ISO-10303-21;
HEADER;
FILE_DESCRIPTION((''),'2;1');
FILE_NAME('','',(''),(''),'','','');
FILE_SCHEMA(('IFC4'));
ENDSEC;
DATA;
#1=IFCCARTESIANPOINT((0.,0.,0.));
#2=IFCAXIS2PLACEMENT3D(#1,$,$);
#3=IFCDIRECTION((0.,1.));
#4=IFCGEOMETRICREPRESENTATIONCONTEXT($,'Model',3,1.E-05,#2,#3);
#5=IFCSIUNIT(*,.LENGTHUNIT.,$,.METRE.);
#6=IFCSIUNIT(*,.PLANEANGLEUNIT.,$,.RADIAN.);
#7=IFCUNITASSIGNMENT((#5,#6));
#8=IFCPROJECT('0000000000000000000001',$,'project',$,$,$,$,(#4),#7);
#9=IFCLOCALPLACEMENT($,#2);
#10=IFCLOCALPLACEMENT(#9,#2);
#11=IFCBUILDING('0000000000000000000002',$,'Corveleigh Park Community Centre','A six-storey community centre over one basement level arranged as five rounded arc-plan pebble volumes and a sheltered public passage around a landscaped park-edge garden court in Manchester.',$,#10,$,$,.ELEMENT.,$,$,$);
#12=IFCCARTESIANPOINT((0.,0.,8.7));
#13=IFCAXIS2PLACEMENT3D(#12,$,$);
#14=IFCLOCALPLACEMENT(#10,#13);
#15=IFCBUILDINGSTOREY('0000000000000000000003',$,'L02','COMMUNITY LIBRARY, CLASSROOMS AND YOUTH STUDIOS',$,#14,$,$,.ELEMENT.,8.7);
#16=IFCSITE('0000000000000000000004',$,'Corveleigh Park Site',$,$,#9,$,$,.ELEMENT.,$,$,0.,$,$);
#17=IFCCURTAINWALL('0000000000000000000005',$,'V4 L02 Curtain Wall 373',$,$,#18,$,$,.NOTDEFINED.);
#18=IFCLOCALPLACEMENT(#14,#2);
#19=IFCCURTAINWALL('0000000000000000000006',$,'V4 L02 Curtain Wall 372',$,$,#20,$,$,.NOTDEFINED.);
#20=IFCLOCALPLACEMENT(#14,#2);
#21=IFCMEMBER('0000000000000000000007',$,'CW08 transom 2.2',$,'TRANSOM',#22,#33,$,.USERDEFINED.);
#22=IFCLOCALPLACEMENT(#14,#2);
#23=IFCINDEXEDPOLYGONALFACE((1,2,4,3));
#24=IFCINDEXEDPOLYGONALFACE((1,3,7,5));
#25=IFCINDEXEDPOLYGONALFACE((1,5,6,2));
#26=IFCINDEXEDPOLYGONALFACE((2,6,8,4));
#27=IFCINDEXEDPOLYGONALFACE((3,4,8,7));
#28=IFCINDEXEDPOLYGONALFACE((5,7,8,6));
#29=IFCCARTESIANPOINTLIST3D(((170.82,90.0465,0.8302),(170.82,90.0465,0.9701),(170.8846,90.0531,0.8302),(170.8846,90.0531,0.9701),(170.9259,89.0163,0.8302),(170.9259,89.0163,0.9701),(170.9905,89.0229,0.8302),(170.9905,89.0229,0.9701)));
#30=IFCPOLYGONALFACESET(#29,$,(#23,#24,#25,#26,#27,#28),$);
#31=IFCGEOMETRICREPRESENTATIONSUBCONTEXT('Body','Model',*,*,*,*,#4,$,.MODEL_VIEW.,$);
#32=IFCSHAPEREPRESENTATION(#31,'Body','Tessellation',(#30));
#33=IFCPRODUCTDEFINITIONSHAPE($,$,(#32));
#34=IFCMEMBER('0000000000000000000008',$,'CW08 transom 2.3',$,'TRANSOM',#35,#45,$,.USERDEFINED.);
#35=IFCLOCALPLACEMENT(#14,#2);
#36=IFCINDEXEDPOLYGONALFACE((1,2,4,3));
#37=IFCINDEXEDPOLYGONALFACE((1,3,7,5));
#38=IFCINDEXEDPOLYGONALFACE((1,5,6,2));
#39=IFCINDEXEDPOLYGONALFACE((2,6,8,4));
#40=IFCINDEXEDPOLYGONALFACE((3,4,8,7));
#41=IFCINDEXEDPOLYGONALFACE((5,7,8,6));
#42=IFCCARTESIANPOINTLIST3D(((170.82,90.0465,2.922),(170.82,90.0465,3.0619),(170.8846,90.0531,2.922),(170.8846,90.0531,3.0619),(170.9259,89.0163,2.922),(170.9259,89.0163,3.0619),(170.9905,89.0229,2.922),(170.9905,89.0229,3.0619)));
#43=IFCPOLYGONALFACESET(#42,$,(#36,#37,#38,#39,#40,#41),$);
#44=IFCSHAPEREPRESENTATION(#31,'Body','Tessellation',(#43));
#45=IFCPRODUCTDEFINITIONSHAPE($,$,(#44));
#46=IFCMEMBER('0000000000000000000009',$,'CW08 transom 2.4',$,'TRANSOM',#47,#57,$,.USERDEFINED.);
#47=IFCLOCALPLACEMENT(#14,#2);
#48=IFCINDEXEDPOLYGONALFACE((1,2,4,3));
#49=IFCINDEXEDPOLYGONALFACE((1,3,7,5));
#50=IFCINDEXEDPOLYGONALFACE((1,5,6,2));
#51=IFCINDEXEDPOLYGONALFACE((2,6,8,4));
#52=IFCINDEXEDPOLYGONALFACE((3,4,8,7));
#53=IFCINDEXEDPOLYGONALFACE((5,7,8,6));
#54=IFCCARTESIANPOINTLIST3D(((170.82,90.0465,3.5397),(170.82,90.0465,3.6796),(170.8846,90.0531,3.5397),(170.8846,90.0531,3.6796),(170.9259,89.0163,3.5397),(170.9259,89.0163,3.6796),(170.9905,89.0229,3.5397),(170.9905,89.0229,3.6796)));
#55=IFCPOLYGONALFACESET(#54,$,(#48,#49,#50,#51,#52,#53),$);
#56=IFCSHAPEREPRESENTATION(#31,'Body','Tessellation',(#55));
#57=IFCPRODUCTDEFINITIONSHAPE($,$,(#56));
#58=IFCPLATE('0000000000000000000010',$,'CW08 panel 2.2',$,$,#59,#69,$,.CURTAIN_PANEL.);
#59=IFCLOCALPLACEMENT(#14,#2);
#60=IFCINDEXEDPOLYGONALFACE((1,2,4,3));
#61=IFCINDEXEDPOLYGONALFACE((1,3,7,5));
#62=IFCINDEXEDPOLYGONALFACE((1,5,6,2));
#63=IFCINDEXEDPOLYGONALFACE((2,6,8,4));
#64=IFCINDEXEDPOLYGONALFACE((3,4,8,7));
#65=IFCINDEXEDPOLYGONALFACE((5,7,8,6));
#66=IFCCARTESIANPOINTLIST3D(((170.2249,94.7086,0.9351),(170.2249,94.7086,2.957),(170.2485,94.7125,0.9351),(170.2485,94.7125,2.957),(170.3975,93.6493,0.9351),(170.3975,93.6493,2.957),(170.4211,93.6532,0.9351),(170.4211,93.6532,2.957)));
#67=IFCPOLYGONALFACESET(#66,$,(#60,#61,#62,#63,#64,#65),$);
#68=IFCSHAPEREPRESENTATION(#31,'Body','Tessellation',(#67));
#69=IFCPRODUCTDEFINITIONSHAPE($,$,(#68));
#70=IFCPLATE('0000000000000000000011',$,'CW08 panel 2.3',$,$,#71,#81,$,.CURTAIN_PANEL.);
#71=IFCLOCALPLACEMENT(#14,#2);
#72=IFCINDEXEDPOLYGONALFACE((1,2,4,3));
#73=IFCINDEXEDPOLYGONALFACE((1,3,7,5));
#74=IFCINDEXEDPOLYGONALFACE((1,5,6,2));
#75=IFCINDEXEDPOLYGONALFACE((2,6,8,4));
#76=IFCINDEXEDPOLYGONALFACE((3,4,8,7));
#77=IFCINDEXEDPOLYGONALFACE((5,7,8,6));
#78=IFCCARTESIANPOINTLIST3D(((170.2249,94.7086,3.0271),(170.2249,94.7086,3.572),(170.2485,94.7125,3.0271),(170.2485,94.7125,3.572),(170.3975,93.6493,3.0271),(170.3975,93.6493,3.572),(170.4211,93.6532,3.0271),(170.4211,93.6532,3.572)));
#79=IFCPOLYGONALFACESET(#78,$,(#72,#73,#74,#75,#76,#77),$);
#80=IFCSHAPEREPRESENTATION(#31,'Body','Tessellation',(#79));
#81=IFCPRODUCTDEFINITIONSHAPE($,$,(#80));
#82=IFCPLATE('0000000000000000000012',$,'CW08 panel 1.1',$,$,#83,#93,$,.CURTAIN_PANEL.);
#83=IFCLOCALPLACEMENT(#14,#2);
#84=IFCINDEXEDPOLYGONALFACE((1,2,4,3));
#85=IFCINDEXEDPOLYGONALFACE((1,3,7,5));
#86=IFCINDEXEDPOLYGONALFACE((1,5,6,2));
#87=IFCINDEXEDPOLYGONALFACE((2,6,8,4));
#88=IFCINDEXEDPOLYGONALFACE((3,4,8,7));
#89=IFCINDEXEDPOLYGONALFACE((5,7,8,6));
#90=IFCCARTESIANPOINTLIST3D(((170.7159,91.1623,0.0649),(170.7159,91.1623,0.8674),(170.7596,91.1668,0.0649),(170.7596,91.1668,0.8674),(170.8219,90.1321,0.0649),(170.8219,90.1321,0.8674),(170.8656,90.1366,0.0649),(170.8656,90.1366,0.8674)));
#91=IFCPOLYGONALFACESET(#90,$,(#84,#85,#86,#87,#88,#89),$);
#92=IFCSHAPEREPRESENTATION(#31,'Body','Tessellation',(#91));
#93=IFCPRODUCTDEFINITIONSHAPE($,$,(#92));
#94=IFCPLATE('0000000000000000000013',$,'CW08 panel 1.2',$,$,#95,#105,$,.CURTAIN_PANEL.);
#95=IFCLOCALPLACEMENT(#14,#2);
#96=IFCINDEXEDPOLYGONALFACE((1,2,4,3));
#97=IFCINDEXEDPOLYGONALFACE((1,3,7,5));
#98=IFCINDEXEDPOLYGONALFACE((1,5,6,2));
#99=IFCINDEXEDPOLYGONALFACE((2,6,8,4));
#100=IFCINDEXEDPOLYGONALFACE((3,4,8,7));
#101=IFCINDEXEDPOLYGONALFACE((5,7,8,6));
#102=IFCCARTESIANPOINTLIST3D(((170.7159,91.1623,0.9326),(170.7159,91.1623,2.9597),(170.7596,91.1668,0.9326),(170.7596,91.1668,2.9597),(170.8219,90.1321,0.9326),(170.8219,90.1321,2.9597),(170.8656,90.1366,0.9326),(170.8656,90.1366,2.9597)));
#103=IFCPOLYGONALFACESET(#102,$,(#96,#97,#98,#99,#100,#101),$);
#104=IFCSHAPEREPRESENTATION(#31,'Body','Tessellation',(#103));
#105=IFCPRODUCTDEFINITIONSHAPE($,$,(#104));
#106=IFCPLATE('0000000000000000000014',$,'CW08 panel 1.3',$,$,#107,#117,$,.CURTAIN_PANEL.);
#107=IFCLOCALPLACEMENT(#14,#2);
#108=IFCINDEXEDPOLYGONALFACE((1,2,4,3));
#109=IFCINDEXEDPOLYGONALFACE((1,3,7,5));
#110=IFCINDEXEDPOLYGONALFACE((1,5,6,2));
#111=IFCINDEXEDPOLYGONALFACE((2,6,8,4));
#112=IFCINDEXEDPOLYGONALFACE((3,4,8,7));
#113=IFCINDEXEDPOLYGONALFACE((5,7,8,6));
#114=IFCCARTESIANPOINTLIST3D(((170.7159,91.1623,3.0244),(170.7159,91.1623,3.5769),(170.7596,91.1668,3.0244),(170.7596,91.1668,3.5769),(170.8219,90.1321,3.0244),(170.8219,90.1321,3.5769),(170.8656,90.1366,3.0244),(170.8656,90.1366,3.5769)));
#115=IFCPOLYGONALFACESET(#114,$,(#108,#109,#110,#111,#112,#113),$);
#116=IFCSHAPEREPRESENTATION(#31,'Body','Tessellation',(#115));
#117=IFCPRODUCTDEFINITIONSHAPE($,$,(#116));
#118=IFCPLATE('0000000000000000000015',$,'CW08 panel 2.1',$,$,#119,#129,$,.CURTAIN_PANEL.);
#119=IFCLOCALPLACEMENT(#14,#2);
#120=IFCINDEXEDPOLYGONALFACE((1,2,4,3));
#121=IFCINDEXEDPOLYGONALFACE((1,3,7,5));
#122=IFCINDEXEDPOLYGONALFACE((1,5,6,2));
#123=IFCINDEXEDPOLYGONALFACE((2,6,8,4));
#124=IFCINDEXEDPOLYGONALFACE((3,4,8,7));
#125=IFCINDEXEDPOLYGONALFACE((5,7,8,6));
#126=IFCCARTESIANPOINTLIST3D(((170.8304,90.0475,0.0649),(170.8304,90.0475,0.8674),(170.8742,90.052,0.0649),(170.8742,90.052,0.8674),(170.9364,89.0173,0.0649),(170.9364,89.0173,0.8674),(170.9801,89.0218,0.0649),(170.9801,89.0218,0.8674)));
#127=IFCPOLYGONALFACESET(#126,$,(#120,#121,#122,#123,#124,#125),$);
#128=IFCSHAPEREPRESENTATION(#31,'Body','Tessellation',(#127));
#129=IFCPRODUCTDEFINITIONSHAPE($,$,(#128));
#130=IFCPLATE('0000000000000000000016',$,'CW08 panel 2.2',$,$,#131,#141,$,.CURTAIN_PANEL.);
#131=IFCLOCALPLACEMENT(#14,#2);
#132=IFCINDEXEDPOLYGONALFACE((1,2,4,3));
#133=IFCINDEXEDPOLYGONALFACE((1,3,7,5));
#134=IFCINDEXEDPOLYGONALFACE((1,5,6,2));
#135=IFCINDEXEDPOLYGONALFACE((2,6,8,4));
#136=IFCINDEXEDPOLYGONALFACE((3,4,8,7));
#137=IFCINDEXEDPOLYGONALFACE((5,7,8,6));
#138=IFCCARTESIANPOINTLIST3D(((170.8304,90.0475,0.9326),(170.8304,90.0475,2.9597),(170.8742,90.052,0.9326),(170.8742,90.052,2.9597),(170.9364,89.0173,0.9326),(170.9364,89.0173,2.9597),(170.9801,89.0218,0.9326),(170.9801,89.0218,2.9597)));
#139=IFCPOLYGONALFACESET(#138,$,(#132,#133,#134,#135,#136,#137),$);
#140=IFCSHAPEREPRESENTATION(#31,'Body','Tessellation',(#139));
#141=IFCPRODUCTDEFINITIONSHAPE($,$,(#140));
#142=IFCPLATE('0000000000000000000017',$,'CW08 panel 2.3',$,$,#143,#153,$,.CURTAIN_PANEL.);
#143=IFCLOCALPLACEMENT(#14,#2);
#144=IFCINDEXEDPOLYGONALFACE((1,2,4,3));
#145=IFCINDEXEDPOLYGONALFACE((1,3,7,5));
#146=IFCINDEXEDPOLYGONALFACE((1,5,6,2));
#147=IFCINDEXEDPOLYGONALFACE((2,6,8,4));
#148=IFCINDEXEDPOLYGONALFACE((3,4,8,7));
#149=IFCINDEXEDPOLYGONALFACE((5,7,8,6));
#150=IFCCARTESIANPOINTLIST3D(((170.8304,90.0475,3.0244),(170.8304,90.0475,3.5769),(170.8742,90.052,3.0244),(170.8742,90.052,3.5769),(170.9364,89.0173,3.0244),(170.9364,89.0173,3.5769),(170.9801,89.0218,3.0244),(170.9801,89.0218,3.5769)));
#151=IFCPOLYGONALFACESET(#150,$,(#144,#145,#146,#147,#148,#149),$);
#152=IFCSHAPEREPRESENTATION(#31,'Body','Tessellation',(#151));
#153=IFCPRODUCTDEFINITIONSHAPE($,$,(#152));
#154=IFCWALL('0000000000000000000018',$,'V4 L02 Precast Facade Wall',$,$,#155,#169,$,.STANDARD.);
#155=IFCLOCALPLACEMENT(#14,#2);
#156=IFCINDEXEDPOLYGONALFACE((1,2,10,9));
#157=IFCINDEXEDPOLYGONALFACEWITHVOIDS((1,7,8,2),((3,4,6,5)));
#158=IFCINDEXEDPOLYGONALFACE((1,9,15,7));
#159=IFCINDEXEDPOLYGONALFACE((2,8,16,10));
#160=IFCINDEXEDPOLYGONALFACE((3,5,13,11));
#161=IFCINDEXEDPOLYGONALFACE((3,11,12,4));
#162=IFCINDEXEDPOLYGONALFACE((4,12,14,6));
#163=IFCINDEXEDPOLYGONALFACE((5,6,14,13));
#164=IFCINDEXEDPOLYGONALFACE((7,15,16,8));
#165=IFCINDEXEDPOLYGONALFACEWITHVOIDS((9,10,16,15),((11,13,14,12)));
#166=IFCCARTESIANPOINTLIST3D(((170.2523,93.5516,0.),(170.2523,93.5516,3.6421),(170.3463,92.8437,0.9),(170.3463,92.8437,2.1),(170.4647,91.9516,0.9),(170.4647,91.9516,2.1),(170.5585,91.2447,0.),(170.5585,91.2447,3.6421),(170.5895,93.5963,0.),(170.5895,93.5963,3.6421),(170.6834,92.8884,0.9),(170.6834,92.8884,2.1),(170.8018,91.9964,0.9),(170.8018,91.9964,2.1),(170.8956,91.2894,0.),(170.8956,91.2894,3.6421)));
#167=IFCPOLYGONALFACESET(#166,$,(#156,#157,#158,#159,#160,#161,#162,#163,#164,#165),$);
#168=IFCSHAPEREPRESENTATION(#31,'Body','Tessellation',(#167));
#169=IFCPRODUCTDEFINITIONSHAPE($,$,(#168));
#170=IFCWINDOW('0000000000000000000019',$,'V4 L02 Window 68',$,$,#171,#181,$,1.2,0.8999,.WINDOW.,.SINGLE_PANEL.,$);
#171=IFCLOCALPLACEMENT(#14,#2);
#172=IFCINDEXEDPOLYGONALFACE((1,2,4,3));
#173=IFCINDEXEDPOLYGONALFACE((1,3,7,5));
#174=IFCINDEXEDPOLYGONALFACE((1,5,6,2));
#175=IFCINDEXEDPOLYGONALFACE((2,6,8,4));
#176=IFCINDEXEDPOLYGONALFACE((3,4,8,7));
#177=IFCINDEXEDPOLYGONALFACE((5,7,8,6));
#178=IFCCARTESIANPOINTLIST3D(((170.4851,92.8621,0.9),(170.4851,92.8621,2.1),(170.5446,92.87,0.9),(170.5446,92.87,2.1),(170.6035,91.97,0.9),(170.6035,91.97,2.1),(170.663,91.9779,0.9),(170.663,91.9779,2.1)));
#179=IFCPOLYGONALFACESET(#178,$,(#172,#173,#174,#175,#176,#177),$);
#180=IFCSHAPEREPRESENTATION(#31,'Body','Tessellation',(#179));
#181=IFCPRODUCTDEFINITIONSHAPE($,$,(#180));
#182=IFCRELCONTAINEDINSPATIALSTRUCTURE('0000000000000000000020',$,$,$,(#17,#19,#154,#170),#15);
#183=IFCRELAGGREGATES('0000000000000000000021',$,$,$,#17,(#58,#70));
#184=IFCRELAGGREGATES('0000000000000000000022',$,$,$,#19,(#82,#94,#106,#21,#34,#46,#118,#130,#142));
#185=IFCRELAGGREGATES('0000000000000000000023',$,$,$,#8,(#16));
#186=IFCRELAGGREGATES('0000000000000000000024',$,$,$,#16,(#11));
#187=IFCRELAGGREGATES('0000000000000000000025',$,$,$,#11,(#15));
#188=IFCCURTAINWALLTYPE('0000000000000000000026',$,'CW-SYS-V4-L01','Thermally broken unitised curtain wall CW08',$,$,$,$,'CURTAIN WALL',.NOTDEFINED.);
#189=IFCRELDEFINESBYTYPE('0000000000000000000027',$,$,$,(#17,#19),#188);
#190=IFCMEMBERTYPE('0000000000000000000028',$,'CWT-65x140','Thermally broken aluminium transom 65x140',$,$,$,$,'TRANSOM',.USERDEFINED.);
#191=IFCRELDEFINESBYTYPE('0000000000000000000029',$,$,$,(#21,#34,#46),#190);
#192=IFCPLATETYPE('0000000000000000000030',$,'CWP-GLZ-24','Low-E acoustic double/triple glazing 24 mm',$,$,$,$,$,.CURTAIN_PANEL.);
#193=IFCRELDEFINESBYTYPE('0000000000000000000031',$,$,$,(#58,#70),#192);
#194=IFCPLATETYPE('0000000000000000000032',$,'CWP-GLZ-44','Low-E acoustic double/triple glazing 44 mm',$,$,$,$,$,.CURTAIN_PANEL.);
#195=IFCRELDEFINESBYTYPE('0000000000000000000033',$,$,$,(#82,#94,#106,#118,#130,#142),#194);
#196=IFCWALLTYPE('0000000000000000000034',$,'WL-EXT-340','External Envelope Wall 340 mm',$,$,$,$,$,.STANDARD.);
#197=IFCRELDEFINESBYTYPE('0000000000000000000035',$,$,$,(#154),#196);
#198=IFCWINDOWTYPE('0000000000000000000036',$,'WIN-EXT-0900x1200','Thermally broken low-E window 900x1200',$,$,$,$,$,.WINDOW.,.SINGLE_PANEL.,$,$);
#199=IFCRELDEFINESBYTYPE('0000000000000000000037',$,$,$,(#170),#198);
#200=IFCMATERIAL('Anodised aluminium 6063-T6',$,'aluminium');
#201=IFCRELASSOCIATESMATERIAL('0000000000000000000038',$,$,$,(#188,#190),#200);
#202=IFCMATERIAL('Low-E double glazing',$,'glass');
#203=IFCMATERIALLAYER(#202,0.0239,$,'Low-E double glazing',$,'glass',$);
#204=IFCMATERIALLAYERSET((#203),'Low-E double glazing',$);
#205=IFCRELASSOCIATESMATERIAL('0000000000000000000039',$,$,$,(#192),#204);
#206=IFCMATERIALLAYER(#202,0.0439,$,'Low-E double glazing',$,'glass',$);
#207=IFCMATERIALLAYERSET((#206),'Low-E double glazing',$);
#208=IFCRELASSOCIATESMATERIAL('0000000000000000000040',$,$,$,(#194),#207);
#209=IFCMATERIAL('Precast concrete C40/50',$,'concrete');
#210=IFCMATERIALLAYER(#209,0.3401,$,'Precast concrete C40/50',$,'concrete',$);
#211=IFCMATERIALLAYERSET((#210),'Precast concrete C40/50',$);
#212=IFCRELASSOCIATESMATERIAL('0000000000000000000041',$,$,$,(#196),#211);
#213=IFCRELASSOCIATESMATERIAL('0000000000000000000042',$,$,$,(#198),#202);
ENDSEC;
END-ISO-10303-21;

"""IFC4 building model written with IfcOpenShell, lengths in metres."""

from ifc_helpers import new_model, si_unit, direction, frame, frame_2d, origin, origin_2d, place, context, subcontext, project, spatial, rectangle, extrude, material, layer, layer_set, material_profile, profile_set, type_object, element, fill, aggregate, save


model = new_model("IFC4")

# Units and contexts
model_context = context("Model", 3, precision=1e-05, world=origin(), true_north=direction((0.0, 1.0)))
body_context = subcontext(model_context, "Body", "Model", "MODEL_VIEW")
ifc_project = project(units=[si_unit("LENGTHUNIT", "METRE"), si_unit("PLANEANGLEUNIT", "RADIAN")], contexts=[model_context])

# Site, building, storey
site_placement = place(None, origin())
site = spatial("IfcSite", under=ifc_project, at=site_placement, Name="Corveleigh Park Site", CompositionType="ELEMENT", RefElevation=0.0)
building_placement = place(site_placement, origin())
building = spatial("IfcBuilding", under=site, at=building_placement, Name="Corveleigh Park Community Centre", Description="A six-storey community centre over one basement level arranged as five rounded arc-plan pebble volumes and a sheltered public passage around a landscaped park-edge garden court in Manchester.", CompositionType="ELEMENT")
storey_placement = place(building_placement, frame((0.0, 0.0, 8.7)))
storey = spatial("IfcBuildingStorey", under=building, at=storey_placement, Name="L02", Description="COMMUNITY LIBRARY, CLASSROOMS AND YOUTH STUDIOS", CompositionType="ELEMENT", Elevation=8.7)

# Curtain wall
ifc_material_1 = material(Name="Anodised aluminium 6063-T6", Category="aluminium")
curtain_wall_type = type_object("IfcCurtainWallType", Name="CW-SYS-V4-L01", Description="Thermally broken unitised curtain wall CW08", ElementType="CURTAIN WALL", PredefinedType="NOTDEFINED", material=ifc_material_1)
curtain_wall_1_placement = place(storey_placement, origin())
curtain_wall_1 = element("IfcCurtainWall", 1, at=curtain_wall_1_placement, inside=storey, type_object=curtain_wall_type, Name="V4 L02 Curtain Wall 373", PredefinedType="NOTDEFINED")

# Curtain wall
curtain_wall_2_placement = place(storey_placement, origin())
curtain_wall_2 = element("IfcCurtainWall", 2, at=curtain_wall_2_placement, inside=storey, type_object=curtain_wall_type, Name="V4 L02 Curtain Wall 372", PredefinedType="NOTDEFINED")

# Members
ifc_material_profile_1 = material_profile(ifc_material_1, rectangle(XDim=0.0649, YDim=0.1399, at=origin_2d()), Name="ALU-T65x140", Category="aluminium")
ifc_profile_set_1 = profile_set([ifc_material_profile_1], Name="Anodised aluminium 6063-T6")
member_type_1 = type_object("IfcMemberType", Name="CWT-65x140", Description="Thermally broken aluminium transom 65x140", ElementType="TRANSOM", PredefinedType="USERDEFINED", material=ifc_profile_set_1)
member_1_placement = place(storey_placement, frame((170.8523, 90.0498, 0.9001), z_axis=(0.102304, -0.994753, 0.0), x_axis=(0.994753, 0.102304, 0.0)))
member_1 = element("IfcMember", 3, at=member_1_placement, type_object=member_type_1, Name="CW08 transom 2.2", ObjectType="TRANSOM", PredefinedType="USERDEFINED", context=body_context, shape_type="SweptSolid", body=[
    extrude(rectangle(XDim=0.0649, YDim=0.1399, at=origin_2d()), origin(), (0.0, 0.0, 1.0), 1.0356),
])
member_2_placement = place(storey_placement, frame((170.8523, 90.0498, 2.9919), z_axis=(0.102304, -0.994753, 0.0), x_axis=(0.994753, 0.102304, 0.0)))
member_2 = element("IfcMember", 4, at=member_2_placement, type_object=member_type_1, Name="CW08 transom 2.3", ObjectType="TRANSOM", PredefinedType="USERDEFINED", context=body_context, shape_type="SweptSolid", body=[
    extrude(rectangle(XDim=0.0649, YDim=0.1399, at=origin_2d()), origin(), (0.0, 0.0, 1.0), 1.0356),
])
member_3_placement = place(storey_placement, frame((170.8523, 90.0498, 3.6096), z_axis=(0.102304, -0.994753, 0.0), x_axis=(0.994753, 0.102304, 0.0)))
member_3 = element("IfcMember", 5, at=member_3_placement, type_object=member_type_1, Name="CW08 transom 2.4", ObjectType="TRANSOM", PredefinedType="USERDEFINED", context=body_context, shape_type="SweptSolid", body=[
    extrude(rectangle(XDim=0.0649, YDim=0.1399, at=origin_2d()), origin(), (0.0, 0.0, 1.0), 1.0356),
])

# Plates
ifc_material_2 = material(Name="Low-E double glazing", Category="glass")
ifc_layer_1 = layer(ifc_material_2, 0.0239, Name="Low-E double glazing", Category="glass")
ifc_layer_set_1 = layer_set([ifc_layer_1], Name="Low-E double glazing")
plate_type_1 = type_object("IfcPlateType", Name="CWP-GLZ-24", Description="Low-E acoustic double/triple glazing 24 mm", PredefinedType="CURTAIN_PANEL", material=ifc_layer_set_1)
plate_1_placement = place(storey_placement, frame((170.323, 94.1809, 0.9351), z_axis=(0.0, 0.0, 1.0), x_axis=(0.160773, -0.986991, 0.0)))
plate_1 = element("IfcPlate", 6, at=plate_1_placement, type_object=plate_type_1, Name="CW08 panel 2.2", PredefinedType="CURTAIN_PANEL", context=body_context, shape_type="SweptSolid", body=[
    extrude(rectangle(XDim=1.0732, YDim=0.0239, at=origin_2d()), origin(), (0.0, 0.0, 1.0), 2.022),
])
plate_2_placement = place(storey_placement, frame((170.323, 94.1809, 3.0271), z_axis=(0.0, 0.0, 1.0), x_axis=(0.160773, -0.986991, 0.0)))
plate_2 = element("IfcPlate", 7, at=plate_2_placement, type_object=plate_type_1, Name="CW08 panel 2.3", PredefinedType="CURTAIN_PANEL", context=body_context, shape_type="SweptSolid", body=[
    extrude(rectangle(XDim=1.0732, YDim=0.0239, at=origin_2d()), origin(), (0.0, 0.0, 1.0), 0.5449),
])
aggregate(curtain_wall_1, [plate_1, plate_2])
ifc_layer_2 = layer(ifc_material_2, 0.0439, Name="Low-E double glazing", Category="glass")
ifc_layer_set_2 = layer_set([ifc_layer_2], Name="Low-E double glazing")
plate_type_2 = type_object("IfcPlateType", Name="CWP-GLZ-44", Description="Low-E acoustic double/triple glazing 44 mm", PredefinedType="CURTAIN_PANEL", material=ifc_layer_set_2)
plate_3_placement = place(storey_placement, frame((170.7908, 90.6494, 0.0649), z_axis=(0.0, 0.0, 1.0), x_axis=(0.102312, -0.994752, 0.0)))
plate_3 = element("IfcPlate", 8, at=plate_3_placement, type_object=plate_type_2, Name="CW08 panel 1.1", PredefinedType="CURTAIN_PANEL", context=body_context, shape_type="SweptSolid", body=[
    extrude(rectangle(XDim=1.0356, YDim=0.0439, at=origin_2d()), origin(), (0.0, 0.0, 1.0), 0.8025),
])
plate_4_placement = place(storey_placement, frame((170.7908, 90.6494, 0.9326), z_axis=(0.0, 0.0, 1.0), x_axis=(0.102312, -0.994752, 0.0)))
plate_4 = element("IfcPlate", 9, at=plate_4_placement, type_object=plate_type_2, Name="CW08 panel 1.2", PredefinedType="CURTAIN_PANEL", context=body_context, shape_type="SweptSolid", body=[
    extrude(rectangle(XDim=1.0356, YDim=0.0439, at=origin_2d()), origin(), (0.0, 0.0, 1.0), 2.0271),
])
plate_5_placement = place(storey_placement, frame((170.7908, 90.6494, 3.0244), z_axis=(0.0, 0.0, 1.0), x_axis=(0.102312, -0.994752, 0.0)))
plate_5 = element("IfcPlate", 10, at=plate_5_placement, type_object=plate_type_2, Name="CW08 panel 1.3", PredefinedType="CURTAIN_PANEL", context=body_context, shape_type="SweptSolid", body=[
    extrude(rectangle(XDim=1.0356, YDim=0.0439, at=origin_2d()), origin(), (0.0, 0.0, 1.0), 0.5525),
])
plate_6_placement = place(storey_placement, frame((170.9053, 89.5347, 0.0649), z_axis=(0.0, 0.0, 1.0), x_axis=(0.102312, -0.994752, 0.0)))
plate_6 = element("IfcPlate", 11, at=plate_6_placement, type_object=plate_type_2, Name="CW08 panel 2.1", PredefinedType="CURTAIN_PANEL", context=body_context, shape_type="SweptSolid", body=[
    extrude(rectangle(XDim=1.0356, YDim=0.0439, at=origin_2d()), origin(), (0.0, 0.0, 1.0), 0.8025),
])
plate_7_placement = place(storey_placement, frame((170.9053, 89.5347, 0.9326), z_axis=(0.0, 0.0, 1.0), x_axis=(0.102312, -0.994752, 0.0)))
plate_7 = element("IfcPlate", 12, at=plate_7_placement, type_object=plate_type_2, Name="CW08 panel 2.2", PredefinedType="CURTAIN_PANEL", context=body_context, shape_type="SweptSolid", body=[
    extrude(rectangle(XDim=1.0356, YDim=0.0439, at=origin_2d()), origin(), (0.0, 0.0, 1.0), 2.0271),
])
plate_8_placement = place(storey_placement, frame((170.9053, 89.5347, 3.0244), z_axis=(0.0, 0.0, 1.0), x_axis=(0.102312, -0.994752, 0.0)))
plate_8 = element("IfcPlate", 13, at=plate_8_placement, type_object=plate_type_2, Name="CW08 panel 2.3", PredefinedType="CURTAIN_PANEL", context=body_context, shape_type="SweptSolid", body=[
    extrude(rectangle(XDim=1.0356, YDim=0.0439, at=origin_2d()), origin(), (0.0, 0.0, 1.0), 0.5525),
])
aggregate(curtain_wall_2, [plate_3, plate_4, plate_5, member_1, member_2, member_3, plate_6, plate_7, plate_8])

# Wall, opening, window
ifc_material_3 = material(Name="Precast concrete C40/50", Category="concrete")
ifc_layer_3 = layer(ifc_material_3, 0.3401, Name="Precast concrete C40/50", Category="concrete")
ifc_layer_set_3 = layer_set([ifc_layer_3], Name="Precast concrete C40/50")
wall_type = type_object("IfcWallType", Name="WL-EXT-340", Description="External Envelope Wall 340 mm", PredefinedType="STANDARD", material=ifc_layer_set_3)
wall_placement = place(storey_placement, frame((170.4209, 93.574, 0.0), z_axis=(0.0, 0.0, 1.0), x_axis=(0.131559, -0.991308, 0.0)))
wall = element("IfcWall", 14, at=wall_placement, inside=storey, type_object=wall_type, Name="V4 L02 Precast Facade Wall", PredefinedType="STANDARD", context=body_context, shape_type="SweptSolid", body=[
    extrude(rectangle(XDim=2.3271, YDim=0.3401, at=frame_2d((1.1636, 0.0))), origin(), (0.0, 0.0, 1.0), 3.6421),
])
opening_placement = place(wall_placement, frame((0.7141, 0.0, 0.8999)))
opening = element("IfcOpeningElement", 15, at=opening_placement, cuts=wall, PredefinedType="OPENING", context=body_context, shape_type="SweptSolid", body=[
    extrude(rectangle(XDim=0.8999, YDim=1.2, at=frame_2d((0.45, 0.6001))), frame((0.0, 0.1799, 0.0), z_axis=(0.0, -1.0, 0.0), x_axis=(1.0, 0.0, 0.0)), (0.0, 0.0, 1.0), 0.3601),
])
window_type = type_object("IfcWindowType", Name="WIN-EXT-0900x1200", Description="Thermally broken low-E window 900x1200", PartitioningType="SINGLE_PANEL", PredefinedType="WINDOW", material=ifc_material_2)
window_placement = place(opening_placement, origin())
window = element("IfcWindow", 16, at=window_placement, inside=storey, type_object=window_type, Name="V4 L02 Window 68", OverallHeight=1.2, OverallWidth=0.8999, PartitioningType="SINGLE_PANEL", PredefinedType="WINDOW", context=body_context, shape_type="SweptSolid", body=[
    extrude(rectangle(XDim=0.8999, YDim=1.2, at=frame_2d((0.45, 0.6001))), frame((0.0, 0.03, 0.0), z_axis=(0.0, -1.0, 0.0), x_axis=(1.0, 0.0, 0.0)), (0.0, 0.0, 1.0), 0.0601),
])
fill(opening, window)

save(model, "model.ifc")
